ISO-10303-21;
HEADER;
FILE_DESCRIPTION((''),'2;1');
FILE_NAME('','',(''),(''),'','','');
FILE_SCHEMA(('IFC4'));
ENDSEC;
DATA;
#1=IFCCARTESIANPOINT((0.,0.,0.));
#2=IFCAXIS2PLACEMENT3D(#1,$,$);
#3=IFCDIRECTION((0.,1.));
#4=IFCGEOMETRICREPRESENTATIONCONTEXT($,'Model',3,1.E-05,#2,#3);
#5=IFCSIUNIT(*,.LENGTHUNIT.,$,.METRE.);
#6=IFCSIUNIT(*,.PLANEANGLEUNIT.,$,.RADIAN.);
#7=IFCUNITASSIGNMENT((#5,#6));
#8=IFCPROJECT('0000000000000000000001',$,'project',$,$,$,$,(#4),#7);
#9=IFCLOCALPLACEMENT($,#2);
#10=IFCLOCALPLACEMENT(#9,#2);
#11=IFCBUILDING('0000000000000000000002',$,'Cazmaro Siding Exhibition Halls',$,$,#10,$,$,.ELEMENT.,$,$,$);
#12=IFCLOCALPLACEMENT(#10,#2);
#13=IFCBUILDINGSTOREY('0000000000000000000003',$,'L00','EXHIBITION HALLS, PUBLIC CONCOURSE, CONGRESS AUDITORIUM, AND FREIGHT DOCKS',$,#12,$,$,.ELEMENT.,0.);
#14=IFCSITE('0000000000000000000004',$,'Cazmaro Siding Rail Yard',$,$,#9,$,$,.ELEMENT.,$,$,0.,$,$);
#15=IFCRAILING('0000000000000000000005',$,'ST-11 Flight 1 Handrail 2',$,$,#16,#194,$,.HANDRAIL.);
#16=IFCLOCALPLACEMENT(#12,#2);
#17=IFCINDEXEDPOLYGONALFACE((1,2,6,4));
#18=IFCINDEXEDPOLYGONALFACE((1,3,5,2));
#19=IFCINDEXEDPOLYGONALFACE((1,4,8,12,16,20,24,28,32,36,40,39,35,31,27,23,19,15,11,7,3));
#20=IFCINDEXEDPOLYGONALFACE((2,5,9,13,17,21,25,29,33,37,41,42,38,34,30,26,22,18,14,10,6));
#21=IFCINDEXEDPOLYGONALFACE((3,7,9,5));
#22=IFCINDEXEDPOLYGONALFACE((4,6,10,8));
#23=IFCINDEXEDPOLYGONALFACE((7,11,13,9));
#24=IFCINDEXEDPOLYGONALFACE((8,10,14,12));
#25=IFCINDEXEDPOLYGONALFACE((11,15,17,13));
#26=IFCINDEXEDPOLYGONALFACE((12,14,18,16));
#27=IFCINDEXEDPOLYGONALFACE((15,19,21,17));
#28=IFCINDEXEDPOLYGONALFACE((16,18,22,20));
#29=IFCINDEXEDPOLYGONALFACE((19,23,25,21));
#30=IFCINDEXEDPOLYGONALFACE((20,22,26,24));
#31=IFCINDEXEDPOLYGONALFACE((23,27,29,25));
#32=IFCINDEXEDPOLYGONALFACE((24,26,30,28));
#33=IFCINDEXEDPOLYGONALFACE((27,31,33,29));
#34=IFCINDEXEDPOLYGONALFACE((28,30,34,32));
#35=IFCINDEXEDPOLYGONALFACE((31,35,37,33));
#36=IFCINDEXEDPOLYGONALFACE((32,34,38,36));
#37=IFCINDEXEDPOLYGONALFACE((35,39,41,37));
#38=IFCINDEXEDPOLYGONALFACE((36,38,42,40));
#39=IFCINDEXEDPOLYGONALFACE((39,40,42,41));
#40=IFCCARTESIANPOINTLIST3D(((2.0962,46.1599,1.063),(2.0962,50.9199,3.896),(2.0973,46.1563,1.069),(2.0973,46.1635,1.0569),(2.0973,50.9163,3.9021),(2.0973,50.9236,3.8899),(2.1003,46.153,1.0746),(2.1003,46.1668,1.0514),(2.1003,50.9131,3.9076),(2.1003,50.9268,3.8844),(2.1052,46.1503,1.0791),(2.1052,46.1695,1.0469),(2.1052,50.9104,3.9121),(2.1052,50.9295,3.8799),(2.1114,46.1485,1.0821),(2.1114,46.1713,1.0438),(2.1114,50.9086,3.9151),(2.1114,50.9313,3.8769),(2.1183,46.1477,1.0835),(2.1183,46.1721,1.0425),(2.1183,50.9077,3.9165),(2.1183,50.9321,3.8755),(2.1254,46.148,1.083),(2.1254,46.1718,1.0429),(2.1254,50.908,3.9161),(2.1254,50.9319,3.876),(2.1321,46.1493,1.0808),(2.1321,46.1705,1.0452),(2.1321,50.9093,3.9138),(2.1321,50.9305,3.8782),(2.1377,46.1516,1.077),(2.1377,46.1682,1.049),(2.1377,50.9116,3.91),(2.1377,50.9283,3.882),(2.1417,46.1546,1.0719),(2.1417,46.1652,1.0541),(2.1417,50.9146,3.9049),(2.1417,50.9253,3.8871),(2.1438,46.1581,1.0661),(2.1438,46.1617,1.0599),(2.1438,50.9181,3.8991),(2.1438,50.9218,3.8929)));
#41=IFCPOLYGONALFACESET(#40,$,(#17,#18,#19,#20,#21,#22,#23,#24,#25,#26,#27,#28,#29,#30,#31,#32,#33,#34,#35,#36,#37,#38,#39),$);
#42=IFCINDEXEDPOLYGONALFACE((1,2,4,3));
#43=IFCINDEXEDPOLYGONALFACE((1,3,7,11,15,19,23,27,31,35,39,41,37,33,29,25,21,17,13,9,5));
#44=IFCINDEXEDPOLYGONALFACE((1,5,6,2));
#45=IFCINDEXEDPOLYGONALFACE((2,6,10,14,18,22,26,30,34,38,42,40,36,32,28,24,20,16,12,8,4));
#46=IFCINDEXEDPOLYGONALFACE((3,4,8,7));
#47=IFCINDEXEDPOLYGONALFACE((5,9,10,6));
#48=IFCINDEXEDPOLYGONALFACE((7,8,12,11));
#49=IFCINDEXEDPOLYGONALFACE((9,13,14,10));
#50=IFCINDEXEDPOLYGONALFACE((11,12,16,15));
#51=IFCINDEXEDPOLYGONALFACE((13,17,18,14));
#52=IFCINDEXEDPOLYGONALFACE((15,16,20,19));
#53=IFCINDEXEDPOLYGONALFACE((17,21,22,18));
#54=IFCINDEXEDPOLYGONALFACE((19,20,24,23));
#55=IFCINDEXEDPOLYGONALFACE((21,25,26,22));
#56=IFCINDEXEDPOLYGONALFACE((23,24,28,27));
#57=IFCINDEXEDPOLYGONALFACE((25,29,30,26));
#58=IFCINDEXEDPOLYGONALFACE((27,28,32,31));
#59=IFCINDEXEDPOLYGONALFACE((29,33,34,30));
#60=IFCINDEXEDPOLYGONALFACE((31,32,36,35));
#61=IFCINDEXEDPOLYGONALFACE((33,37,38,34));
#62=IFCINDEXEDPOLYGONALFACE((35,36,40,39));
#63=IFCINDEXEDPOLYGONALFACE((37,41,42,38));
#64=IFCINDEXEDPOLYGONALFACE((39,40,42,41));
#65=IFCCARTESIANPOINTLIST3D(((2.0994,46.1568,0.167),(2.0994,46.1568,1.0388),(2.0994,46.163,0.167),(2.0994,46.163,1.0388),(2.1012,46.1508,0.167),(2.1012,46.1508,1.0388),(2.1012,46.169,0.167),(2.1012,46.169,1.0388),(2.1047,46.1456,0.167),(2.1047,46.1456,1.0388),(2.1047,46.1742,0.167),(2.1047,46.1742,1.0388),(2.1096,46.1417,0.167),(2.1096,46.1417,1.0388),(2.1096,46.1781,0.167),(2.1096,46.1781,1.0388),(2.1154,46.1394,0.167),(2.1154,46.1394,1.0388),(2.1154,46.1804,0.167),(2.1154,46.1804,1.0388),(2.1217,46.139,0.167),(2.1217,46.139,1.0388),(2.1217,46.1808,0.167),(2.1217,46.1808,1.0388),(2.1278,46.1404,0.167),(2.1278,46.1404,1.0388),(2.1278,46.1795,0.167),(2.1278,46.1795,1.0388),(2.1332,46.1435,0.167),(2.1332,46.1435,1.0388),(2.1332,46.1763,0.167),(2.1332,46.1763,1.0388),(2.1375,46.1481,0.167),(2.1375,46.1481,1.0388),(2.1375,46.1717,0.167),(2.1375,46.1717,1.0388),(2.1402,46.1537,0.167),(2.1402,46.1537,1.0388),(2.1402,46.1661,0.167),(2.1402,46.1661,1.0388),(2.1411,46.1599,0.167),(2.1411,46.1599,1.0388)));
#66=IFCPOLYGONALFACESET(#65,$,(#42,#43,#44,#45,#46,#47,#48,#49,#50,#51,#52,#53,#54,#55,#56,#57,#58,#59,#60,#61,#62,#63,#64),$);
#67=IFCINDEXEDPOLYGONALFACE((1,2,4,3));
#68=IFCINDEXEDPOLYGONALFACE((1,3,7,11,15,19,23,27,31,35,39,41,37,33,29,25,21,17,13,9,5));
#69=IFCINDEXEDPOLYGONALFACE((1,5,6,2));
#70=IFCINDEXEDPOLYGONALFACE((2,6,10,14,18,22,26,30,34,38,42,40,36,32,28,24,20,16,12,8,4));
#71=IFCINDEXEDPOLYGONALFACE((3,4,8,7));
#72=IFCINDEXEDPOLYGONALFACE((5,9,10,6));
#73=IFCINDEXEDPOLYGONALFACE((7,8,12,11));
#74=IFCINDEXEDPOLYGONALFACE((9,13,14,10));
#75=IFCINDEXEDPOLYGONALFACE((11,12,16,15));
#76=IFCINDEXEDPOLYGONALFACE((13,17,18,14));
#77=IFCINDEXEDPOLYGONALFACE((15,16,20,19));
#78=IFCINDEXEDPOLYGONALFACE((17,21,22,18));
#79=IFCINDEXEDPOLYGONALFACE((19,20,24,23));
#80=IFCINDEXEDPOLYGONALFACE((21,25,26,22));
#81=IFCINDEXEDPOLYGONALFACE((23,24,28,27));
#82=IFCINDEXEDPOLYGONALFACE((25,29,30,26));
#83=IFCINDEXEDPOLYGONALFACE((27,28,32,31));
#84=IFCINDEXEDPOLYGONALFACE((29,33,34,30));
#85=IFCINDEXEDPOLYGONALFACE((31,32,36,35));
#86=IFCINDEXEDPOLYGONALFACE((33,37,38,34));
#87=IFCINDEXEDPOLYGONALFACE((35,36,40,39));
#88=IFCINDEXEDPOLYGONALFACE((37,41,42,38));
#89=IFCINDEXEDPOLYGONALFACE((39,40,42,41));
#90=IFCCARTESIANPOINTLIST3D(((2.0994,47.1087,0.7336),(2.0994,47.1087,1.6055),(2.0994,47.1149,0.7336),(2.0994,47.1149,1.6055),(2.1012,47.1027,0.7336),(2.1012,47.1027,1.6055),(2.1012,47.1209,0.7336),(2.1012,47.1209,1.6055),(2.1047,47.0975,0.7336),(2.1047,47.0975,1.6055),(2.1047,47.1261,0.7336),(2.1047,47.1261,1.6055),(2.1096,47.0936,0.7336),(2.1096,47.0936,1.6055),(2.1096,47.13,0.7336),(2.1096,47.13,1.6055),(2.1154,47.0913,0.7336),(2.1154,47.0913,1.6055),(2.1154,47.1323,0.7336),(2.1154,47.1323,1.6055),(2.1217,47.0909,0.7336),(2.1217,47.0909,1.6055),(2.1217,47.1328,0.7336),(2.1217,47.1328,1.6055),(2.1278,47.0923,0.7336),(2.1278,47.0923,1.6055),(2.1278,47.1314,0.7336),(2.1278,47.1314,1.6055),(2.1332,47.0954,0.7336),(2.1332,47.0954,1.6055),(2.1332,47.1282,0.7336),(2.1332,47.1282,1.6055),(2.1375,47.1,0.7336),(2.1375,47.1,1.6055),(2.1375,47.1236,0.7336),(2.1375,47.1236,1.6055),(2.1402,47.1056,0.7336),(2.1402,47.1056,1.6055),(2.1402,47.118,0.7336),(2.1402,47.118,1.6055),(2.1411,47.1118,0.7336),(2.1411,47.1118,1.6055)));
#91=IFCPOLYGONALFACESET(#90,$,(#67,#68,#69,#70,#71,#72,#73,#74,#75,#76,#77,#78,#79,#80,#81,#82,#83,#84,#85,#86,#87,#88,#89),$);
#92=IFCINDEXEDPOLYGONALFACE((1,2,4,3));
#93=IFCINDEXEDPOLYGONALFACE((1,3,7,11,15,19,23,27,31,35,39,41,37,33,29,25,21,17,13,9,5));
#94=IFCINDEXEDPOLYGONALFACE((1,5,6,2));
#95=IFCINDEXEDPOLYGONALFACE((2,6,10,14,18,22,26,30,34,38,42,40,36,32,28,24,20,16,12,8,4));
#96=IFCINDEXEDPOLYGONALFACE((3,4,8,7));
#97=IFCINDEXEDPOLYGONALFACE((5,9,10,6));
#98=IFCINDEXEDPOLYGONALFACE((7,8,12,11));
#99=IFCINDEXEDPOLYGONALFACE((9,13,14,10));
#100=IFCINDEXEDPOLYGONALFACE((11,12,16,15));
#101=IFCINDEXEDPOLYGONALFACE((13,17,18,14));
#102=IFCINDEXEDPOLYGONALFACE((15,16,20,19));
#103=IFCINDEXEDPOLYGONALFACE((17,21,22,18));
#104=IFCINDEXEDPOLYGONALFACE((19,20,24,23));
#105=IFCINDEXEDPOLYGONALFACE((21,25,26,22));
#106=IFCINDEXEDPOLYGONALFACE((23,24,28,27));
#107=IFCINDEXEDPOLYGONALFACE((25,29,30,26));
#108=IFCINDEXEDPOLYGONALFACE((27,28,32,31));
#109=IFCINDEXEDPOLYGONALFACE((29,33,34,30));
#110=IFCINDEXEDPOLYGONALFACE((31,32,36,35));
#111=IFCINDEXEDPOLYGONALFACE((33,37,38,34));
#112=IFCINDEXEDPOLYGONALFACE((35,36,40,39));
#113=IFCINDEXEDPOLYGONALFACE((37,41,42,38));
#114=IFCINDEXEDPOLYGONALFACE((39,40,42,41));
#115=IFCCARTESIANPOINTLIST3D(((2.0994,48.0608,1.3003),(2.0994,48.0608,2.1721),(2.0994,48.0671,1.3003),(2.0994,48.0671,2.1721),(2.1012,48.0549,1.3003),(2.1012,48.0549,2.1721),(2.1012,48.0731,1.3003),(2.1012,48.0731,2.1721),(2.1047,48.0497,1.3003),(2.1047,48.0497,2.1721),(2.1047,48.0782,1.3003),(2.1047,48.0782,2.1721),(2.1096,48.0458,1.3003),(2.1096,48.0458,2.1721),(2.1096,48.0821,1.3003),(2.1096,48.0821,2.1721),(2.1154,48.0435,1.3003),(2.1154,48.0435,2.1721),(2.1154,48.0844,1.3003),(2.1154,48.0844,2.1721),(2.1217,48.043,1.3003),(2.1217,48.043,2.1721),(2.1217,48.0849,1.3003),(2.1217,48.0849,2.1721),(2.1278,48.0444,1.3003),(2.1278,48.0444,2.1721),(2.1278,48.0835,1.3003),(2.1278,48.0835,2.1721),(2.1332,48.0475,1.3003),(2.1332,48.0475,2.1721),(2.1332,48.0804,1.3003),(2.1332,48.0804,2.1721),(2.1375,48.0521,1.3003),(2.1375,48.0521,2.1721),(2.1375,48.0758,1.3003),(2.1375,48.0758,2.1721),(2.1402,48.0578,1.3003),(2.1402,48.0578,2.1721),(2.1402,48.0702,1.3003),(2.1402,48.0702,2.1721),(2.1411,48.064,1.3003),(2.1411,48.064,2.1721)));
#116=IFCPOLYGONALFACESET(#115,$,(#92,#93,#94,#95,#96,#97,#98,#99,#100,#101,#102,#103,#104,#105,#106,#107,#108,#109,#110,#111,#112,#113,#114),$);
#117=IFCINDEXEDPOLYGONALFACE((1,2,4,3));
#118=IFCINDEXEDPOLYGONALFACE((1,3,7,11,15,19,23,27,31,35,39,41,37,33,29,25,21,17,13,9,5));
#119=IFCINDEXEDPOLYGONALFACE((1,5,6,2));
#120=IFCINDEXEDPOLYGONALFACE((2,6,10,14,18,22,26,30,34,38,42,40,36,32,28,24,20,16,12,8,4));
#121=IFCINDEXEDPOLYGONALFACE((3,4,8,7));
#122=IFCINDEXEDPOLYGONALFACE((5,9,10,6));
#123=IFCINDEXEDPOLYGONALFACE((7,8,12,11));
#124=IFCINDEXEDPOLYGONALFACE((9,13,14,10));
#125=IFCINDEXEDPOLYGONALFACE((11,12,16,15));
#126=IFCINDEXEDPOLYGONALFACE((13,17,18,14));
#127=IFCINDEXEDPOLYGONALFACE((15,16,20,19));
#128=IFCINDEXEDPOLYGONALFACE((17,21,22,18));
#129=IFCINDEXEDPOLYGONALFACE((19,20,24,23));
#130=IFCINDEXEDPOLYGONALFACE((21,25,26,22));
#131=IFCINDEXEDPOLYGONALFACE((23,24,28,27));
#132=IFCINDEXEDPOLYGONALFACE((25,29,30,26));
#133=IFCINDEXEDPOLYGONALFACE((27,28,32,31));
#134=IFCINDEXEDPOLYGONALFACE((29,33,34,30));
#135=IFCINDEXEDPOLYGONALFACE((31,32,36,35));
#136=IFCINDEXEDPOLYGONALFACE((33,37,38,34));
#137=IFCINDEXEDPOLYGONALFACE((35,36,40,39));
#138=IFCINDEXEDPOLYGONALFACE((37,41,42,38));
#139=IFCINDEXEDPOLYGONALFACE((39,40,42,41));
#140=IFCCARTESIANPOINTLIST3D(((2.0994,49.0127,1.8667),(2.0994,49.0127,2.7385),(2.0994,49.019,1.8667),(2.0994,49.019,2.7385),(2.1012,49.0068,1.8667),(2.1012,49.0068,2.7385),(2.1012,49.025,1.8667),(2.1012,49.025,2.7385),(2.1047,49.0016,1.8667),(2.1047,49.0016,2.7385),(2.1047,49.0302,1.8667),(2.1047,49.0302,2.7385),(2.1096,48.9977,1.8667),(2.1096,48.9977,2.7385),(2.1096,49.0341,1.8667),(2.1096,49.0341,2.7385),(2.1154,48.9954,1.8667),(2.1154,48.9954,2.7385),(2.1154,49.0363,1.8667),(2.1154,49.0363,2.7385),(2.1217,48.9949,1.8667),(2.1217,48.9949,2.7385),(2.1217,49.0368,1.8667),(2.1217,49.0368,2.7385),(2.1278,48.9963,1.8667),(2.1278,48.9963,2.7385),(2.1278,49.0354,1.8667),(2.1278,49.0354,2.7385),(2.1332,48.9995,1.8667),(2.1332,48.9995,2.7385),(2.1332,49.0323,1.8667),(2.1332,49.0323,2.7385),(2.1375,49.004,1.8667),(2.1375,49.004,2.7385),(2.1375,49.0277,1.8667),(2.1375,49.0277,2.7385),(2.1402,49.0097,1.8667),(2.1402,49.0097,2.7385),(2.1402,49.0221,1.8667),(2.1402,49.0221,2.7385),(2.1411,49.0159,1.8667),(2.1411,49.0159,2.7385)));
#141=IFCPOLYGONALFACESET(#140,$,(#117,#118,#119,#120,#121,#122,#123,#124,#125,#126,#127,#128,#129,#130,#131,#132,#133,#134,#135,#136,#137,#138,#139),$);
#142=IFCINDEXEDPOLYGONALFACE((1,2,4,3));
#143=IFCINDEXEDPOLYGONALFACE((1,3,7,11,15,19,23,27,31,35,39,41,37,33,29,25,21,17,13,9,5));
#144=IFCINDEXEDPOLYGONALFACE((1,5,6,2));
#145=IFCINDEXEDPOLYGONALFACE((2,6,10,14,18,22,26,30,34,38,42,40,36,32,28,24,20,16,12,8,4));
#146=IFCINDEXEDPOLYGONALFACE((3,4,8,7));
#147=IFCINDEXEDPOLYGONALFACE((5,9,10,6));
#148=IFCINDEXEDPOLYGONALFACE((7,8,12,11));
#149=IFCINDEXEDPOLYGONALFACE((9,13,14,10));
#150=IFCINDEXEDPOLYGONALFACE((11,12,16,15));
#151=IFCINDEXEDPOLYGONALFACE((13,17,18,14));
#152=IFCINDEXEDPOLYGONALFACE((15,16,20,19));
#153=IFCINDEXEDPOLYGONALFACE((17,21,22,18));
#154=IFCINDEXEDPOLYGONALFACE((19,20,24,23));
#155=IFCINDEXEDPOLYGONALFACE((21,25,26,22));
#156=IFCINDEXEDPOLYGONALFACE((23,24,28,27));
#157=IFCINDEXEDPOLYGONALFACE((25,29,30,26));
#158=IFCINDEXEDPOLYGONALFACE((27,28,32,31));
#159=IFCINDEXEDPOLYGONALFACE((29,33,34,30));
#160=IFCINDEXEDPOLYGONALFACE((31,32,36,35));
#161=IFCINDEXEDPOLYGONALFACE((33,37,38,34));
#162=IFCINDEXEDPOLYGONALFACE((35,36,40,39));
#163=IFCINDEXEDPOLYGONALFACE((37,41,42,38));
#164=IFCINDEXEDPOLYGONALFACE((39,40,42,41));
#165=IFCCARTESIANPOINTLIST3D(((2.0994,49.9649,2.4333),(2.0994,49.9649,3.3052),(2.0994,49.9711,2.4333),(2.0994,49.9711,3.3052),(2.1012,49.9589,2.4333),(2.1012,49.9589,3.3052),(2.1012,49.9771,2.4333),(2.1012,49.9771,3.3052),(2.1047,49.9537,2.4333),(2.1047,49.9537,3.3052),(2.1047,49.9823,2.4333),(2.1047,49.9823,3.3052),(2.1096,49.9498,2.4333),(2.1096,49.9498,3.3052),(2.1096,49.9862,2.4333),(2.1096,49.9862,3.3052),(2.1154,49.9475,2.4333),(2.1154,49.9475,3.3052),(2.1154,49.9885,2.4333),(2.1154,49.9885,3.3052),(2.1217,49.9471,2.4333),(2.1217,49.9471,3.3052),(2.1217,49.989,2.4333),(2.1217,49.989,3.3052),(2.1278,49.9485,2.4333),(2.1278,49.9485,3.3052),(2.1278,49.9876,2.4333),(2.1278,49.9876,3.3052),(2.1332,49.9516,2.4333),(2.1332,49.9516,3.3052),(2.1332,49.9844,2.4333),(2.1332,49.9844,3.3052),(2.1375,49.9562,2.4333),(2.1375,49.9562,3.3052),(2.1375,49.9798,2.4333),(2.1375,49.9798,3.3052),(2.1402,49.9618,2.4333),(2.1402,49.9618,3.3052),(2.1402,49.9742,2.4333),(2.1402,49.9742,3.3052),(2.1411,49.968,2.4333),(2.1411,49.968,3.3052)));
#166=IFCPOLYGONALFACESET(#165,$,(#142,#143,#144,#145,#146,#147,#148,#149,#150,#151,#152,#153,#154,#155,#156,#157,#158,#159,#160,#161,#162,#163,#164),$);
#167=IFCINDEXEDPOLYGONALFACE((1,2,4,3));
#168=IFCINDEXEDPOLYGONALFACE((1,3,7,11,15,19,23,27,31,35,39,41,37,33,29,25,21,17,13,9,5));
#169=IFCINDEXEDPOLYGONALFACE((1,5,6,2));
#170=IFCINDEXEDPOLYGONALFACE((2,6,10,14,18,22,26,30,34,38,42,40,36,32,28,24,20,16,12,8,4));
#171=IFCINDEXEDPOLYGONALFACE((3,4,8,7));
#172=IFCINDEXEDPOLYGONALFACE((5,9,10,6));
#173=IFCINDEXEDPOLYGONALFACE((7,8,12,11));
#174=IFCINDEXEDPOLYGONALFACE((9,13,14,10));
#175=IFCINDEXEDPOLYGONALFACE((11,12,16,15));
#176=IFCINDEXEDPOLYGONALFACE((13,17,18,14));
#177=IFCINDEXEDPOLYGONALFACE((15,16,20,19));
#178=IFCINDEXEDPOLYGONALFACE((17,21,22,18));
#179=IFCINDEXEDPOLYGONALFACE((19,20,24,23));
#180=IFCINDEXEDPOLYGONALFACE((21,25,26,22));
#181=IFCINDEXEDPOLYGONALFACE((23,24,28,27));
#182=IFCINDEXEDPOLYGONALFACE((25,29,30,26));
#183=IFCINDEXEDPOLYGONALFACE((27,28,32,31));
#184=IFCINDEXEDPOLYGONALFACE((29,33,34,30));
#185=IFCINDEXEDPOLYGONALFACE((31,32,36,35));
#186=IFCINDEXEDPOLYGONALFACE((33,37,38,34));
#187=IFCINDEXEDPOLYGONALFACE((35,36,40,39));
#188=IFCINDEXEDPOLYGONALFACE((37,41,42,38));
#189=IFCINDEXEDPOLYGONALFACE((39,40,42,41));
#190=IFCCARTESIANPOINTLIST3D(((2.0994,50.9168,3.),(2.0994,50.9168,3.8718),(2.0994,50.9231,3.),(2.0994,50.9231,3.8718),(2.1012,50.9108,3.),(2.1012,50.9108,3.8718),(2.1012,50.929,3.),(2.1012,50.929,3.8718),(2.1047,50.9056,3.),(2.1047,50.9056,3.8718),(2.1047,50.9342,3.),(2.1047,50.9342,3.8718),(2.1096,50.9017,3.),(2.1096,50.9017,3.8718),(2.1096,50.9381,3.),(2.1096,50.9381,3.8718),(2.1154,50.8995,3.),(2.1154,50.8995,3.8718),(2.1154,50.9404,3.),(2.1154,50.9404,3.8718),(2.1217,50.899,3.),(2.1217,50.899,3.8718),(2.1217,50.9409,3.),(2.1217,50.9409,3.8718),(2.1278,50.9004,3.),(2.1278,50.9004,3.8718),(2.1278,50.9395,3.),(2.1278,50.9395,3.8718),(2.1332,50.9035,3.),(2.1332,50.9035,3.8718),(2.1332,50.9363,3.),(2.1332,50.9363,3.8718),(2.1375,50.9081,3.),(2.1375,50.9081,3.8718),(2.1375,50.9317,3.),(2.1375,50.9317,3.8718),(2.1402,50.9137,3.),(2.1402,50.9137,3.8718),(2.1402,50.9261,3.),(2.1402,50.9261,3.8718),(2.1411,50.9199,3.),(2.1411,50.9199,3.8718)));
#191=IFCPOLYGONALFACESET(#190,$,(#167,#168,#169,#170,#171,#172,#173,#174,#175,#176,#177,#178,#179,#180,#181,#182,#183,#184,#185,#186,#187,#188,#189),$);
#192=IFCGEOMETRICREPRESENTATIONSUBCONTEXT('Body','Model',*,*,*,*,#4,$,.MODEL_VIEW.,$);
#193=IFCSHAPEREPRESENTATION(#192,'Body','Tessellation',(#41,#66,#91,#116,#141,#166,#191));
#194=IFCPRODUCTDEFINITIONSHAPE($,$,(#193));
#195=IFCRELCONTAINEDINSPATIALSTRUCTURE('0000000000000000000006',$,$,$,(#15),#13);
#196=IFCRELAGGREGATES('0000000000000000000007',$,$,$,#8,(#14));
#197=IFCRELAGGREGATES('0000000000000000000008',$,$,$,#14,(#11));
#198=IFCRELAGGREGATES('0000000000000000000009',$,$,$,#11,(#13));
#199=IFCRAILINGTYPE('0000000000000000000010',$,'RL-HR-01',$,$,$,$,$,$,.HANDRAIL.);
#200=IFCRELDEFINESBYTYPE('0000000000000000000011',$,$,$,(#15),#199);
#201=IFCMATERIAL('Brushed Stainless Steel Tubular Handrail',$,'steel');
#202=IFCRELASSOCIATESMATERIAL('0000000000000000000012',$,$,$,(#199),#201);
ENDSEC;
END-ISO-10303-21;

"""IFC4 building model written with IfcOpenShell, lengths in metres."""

from ifc_helpers import new_model, si_unit, direction, frame, origin, origin_2d, place, context, subcontext, project, spatial, circle, extrude, material, type_object, element, save


model = new_model("IFC4")

# Units and contexts
model_context = context("Model", 3, precision=1e-05, world=origin(), true_north=direction((0.0, 1.0)))
body_context = subcontext(model_context, "Body", "Model", "MODEL_VIEW")
ifc_project = project(units=[si_unit("LENGTHUNIT", "METRE"), si_unit("PLANEANGLEUNIT", "RADIAN")], contexts=[model_context])

# Site, building, storey
site_placement = place(None, origin())
site = spatial("IfcSite", under=ifc_project, at=site_placement, Name="Cazmaro Siding Rail Yard", CompositionType="ELEMENT", RefElevation=0.0)
building_placement = place(site_placement, origin())
building = spatial("IfcBuilding", under=site, at=building_placement, Name="Cazmaro Siding Exhibition Halls", CompositionType="ELEMENT")
storey_placement = place(building_placement, origin())
storey = spatial("IfcBuildingStorey", under=building, at=storey_placement, Name="L00", Description="EXHIBITION HALLS, PUBLIC CONCOURSE, CONGRESS AUDITORIUM, AND FREIGHT DOCKS", CompositionType="ELEMENT", Elevation=0.0)

# Railing
ifc_material_1 = material(Name="Brushed Stainless Steel Tubular Handrail", Category="steel")
railing_type_1 = type_object("IfcRailingType", Name="RL-HR-01", PredefinedType="HANDRAIL", material=ifc_material_1)
railing_1_placement = place(storey_placement, frame((2.1201, 46.1599, 0.167)))
element("IfcRailing", 1, at=railing_1_placement, inside=storey, type_object=railing_type_1, Name="ST-11 Flight 1 Handrail 2", PredefinedType="HANDRAIL", context=body_context, shape_type="SweptSolid", body=[
    extrude(circle(Radius=0.0239, at=origin_2d()), frame((0.0, 0.0, 0.896), z_axis=(0.0, 0.859319, 0.51144), x_axis=(-1.0, 0.0, 0.0)), (0.0, 0.0, 1.0), 5.5393),
    extrude(circle(Radius=0.021, at=origin_2d()), origin(), (0.0, 0.0, 1.0), 0.8718),
    extrude(circle(Radius=0.021, at=origin_2d()), frame((0.0, 0.9519, 0.5667)), (0.0, 0.0, 1.0), 0.8718),
    extrude(circle(Radius=0.021, at=origin_2d()), frame((0.0, 1.9041, 1.1333)), (0.0, 0.0, 1.0), 0.8718),
    extrude(circle(Radius=0.021, at=origin_2d()), frame((0.0, 2.856, 1.6997)), (0.0, 0.0, 1.0), 0.8718),
    extrude(circle(Radius=0.021, at=origin_2d()), frame((0.0, 3.8081, 2.2664)), (0.0, 0.0, 1.0), 0.8718),
    extrude(circle(Radius=0.021, at=origin_2d()), frame((0.0, 4.76, 2.833)), (0.0, 0.0, 1.0), 0.8718),
])

save(model, "model.ifc")
